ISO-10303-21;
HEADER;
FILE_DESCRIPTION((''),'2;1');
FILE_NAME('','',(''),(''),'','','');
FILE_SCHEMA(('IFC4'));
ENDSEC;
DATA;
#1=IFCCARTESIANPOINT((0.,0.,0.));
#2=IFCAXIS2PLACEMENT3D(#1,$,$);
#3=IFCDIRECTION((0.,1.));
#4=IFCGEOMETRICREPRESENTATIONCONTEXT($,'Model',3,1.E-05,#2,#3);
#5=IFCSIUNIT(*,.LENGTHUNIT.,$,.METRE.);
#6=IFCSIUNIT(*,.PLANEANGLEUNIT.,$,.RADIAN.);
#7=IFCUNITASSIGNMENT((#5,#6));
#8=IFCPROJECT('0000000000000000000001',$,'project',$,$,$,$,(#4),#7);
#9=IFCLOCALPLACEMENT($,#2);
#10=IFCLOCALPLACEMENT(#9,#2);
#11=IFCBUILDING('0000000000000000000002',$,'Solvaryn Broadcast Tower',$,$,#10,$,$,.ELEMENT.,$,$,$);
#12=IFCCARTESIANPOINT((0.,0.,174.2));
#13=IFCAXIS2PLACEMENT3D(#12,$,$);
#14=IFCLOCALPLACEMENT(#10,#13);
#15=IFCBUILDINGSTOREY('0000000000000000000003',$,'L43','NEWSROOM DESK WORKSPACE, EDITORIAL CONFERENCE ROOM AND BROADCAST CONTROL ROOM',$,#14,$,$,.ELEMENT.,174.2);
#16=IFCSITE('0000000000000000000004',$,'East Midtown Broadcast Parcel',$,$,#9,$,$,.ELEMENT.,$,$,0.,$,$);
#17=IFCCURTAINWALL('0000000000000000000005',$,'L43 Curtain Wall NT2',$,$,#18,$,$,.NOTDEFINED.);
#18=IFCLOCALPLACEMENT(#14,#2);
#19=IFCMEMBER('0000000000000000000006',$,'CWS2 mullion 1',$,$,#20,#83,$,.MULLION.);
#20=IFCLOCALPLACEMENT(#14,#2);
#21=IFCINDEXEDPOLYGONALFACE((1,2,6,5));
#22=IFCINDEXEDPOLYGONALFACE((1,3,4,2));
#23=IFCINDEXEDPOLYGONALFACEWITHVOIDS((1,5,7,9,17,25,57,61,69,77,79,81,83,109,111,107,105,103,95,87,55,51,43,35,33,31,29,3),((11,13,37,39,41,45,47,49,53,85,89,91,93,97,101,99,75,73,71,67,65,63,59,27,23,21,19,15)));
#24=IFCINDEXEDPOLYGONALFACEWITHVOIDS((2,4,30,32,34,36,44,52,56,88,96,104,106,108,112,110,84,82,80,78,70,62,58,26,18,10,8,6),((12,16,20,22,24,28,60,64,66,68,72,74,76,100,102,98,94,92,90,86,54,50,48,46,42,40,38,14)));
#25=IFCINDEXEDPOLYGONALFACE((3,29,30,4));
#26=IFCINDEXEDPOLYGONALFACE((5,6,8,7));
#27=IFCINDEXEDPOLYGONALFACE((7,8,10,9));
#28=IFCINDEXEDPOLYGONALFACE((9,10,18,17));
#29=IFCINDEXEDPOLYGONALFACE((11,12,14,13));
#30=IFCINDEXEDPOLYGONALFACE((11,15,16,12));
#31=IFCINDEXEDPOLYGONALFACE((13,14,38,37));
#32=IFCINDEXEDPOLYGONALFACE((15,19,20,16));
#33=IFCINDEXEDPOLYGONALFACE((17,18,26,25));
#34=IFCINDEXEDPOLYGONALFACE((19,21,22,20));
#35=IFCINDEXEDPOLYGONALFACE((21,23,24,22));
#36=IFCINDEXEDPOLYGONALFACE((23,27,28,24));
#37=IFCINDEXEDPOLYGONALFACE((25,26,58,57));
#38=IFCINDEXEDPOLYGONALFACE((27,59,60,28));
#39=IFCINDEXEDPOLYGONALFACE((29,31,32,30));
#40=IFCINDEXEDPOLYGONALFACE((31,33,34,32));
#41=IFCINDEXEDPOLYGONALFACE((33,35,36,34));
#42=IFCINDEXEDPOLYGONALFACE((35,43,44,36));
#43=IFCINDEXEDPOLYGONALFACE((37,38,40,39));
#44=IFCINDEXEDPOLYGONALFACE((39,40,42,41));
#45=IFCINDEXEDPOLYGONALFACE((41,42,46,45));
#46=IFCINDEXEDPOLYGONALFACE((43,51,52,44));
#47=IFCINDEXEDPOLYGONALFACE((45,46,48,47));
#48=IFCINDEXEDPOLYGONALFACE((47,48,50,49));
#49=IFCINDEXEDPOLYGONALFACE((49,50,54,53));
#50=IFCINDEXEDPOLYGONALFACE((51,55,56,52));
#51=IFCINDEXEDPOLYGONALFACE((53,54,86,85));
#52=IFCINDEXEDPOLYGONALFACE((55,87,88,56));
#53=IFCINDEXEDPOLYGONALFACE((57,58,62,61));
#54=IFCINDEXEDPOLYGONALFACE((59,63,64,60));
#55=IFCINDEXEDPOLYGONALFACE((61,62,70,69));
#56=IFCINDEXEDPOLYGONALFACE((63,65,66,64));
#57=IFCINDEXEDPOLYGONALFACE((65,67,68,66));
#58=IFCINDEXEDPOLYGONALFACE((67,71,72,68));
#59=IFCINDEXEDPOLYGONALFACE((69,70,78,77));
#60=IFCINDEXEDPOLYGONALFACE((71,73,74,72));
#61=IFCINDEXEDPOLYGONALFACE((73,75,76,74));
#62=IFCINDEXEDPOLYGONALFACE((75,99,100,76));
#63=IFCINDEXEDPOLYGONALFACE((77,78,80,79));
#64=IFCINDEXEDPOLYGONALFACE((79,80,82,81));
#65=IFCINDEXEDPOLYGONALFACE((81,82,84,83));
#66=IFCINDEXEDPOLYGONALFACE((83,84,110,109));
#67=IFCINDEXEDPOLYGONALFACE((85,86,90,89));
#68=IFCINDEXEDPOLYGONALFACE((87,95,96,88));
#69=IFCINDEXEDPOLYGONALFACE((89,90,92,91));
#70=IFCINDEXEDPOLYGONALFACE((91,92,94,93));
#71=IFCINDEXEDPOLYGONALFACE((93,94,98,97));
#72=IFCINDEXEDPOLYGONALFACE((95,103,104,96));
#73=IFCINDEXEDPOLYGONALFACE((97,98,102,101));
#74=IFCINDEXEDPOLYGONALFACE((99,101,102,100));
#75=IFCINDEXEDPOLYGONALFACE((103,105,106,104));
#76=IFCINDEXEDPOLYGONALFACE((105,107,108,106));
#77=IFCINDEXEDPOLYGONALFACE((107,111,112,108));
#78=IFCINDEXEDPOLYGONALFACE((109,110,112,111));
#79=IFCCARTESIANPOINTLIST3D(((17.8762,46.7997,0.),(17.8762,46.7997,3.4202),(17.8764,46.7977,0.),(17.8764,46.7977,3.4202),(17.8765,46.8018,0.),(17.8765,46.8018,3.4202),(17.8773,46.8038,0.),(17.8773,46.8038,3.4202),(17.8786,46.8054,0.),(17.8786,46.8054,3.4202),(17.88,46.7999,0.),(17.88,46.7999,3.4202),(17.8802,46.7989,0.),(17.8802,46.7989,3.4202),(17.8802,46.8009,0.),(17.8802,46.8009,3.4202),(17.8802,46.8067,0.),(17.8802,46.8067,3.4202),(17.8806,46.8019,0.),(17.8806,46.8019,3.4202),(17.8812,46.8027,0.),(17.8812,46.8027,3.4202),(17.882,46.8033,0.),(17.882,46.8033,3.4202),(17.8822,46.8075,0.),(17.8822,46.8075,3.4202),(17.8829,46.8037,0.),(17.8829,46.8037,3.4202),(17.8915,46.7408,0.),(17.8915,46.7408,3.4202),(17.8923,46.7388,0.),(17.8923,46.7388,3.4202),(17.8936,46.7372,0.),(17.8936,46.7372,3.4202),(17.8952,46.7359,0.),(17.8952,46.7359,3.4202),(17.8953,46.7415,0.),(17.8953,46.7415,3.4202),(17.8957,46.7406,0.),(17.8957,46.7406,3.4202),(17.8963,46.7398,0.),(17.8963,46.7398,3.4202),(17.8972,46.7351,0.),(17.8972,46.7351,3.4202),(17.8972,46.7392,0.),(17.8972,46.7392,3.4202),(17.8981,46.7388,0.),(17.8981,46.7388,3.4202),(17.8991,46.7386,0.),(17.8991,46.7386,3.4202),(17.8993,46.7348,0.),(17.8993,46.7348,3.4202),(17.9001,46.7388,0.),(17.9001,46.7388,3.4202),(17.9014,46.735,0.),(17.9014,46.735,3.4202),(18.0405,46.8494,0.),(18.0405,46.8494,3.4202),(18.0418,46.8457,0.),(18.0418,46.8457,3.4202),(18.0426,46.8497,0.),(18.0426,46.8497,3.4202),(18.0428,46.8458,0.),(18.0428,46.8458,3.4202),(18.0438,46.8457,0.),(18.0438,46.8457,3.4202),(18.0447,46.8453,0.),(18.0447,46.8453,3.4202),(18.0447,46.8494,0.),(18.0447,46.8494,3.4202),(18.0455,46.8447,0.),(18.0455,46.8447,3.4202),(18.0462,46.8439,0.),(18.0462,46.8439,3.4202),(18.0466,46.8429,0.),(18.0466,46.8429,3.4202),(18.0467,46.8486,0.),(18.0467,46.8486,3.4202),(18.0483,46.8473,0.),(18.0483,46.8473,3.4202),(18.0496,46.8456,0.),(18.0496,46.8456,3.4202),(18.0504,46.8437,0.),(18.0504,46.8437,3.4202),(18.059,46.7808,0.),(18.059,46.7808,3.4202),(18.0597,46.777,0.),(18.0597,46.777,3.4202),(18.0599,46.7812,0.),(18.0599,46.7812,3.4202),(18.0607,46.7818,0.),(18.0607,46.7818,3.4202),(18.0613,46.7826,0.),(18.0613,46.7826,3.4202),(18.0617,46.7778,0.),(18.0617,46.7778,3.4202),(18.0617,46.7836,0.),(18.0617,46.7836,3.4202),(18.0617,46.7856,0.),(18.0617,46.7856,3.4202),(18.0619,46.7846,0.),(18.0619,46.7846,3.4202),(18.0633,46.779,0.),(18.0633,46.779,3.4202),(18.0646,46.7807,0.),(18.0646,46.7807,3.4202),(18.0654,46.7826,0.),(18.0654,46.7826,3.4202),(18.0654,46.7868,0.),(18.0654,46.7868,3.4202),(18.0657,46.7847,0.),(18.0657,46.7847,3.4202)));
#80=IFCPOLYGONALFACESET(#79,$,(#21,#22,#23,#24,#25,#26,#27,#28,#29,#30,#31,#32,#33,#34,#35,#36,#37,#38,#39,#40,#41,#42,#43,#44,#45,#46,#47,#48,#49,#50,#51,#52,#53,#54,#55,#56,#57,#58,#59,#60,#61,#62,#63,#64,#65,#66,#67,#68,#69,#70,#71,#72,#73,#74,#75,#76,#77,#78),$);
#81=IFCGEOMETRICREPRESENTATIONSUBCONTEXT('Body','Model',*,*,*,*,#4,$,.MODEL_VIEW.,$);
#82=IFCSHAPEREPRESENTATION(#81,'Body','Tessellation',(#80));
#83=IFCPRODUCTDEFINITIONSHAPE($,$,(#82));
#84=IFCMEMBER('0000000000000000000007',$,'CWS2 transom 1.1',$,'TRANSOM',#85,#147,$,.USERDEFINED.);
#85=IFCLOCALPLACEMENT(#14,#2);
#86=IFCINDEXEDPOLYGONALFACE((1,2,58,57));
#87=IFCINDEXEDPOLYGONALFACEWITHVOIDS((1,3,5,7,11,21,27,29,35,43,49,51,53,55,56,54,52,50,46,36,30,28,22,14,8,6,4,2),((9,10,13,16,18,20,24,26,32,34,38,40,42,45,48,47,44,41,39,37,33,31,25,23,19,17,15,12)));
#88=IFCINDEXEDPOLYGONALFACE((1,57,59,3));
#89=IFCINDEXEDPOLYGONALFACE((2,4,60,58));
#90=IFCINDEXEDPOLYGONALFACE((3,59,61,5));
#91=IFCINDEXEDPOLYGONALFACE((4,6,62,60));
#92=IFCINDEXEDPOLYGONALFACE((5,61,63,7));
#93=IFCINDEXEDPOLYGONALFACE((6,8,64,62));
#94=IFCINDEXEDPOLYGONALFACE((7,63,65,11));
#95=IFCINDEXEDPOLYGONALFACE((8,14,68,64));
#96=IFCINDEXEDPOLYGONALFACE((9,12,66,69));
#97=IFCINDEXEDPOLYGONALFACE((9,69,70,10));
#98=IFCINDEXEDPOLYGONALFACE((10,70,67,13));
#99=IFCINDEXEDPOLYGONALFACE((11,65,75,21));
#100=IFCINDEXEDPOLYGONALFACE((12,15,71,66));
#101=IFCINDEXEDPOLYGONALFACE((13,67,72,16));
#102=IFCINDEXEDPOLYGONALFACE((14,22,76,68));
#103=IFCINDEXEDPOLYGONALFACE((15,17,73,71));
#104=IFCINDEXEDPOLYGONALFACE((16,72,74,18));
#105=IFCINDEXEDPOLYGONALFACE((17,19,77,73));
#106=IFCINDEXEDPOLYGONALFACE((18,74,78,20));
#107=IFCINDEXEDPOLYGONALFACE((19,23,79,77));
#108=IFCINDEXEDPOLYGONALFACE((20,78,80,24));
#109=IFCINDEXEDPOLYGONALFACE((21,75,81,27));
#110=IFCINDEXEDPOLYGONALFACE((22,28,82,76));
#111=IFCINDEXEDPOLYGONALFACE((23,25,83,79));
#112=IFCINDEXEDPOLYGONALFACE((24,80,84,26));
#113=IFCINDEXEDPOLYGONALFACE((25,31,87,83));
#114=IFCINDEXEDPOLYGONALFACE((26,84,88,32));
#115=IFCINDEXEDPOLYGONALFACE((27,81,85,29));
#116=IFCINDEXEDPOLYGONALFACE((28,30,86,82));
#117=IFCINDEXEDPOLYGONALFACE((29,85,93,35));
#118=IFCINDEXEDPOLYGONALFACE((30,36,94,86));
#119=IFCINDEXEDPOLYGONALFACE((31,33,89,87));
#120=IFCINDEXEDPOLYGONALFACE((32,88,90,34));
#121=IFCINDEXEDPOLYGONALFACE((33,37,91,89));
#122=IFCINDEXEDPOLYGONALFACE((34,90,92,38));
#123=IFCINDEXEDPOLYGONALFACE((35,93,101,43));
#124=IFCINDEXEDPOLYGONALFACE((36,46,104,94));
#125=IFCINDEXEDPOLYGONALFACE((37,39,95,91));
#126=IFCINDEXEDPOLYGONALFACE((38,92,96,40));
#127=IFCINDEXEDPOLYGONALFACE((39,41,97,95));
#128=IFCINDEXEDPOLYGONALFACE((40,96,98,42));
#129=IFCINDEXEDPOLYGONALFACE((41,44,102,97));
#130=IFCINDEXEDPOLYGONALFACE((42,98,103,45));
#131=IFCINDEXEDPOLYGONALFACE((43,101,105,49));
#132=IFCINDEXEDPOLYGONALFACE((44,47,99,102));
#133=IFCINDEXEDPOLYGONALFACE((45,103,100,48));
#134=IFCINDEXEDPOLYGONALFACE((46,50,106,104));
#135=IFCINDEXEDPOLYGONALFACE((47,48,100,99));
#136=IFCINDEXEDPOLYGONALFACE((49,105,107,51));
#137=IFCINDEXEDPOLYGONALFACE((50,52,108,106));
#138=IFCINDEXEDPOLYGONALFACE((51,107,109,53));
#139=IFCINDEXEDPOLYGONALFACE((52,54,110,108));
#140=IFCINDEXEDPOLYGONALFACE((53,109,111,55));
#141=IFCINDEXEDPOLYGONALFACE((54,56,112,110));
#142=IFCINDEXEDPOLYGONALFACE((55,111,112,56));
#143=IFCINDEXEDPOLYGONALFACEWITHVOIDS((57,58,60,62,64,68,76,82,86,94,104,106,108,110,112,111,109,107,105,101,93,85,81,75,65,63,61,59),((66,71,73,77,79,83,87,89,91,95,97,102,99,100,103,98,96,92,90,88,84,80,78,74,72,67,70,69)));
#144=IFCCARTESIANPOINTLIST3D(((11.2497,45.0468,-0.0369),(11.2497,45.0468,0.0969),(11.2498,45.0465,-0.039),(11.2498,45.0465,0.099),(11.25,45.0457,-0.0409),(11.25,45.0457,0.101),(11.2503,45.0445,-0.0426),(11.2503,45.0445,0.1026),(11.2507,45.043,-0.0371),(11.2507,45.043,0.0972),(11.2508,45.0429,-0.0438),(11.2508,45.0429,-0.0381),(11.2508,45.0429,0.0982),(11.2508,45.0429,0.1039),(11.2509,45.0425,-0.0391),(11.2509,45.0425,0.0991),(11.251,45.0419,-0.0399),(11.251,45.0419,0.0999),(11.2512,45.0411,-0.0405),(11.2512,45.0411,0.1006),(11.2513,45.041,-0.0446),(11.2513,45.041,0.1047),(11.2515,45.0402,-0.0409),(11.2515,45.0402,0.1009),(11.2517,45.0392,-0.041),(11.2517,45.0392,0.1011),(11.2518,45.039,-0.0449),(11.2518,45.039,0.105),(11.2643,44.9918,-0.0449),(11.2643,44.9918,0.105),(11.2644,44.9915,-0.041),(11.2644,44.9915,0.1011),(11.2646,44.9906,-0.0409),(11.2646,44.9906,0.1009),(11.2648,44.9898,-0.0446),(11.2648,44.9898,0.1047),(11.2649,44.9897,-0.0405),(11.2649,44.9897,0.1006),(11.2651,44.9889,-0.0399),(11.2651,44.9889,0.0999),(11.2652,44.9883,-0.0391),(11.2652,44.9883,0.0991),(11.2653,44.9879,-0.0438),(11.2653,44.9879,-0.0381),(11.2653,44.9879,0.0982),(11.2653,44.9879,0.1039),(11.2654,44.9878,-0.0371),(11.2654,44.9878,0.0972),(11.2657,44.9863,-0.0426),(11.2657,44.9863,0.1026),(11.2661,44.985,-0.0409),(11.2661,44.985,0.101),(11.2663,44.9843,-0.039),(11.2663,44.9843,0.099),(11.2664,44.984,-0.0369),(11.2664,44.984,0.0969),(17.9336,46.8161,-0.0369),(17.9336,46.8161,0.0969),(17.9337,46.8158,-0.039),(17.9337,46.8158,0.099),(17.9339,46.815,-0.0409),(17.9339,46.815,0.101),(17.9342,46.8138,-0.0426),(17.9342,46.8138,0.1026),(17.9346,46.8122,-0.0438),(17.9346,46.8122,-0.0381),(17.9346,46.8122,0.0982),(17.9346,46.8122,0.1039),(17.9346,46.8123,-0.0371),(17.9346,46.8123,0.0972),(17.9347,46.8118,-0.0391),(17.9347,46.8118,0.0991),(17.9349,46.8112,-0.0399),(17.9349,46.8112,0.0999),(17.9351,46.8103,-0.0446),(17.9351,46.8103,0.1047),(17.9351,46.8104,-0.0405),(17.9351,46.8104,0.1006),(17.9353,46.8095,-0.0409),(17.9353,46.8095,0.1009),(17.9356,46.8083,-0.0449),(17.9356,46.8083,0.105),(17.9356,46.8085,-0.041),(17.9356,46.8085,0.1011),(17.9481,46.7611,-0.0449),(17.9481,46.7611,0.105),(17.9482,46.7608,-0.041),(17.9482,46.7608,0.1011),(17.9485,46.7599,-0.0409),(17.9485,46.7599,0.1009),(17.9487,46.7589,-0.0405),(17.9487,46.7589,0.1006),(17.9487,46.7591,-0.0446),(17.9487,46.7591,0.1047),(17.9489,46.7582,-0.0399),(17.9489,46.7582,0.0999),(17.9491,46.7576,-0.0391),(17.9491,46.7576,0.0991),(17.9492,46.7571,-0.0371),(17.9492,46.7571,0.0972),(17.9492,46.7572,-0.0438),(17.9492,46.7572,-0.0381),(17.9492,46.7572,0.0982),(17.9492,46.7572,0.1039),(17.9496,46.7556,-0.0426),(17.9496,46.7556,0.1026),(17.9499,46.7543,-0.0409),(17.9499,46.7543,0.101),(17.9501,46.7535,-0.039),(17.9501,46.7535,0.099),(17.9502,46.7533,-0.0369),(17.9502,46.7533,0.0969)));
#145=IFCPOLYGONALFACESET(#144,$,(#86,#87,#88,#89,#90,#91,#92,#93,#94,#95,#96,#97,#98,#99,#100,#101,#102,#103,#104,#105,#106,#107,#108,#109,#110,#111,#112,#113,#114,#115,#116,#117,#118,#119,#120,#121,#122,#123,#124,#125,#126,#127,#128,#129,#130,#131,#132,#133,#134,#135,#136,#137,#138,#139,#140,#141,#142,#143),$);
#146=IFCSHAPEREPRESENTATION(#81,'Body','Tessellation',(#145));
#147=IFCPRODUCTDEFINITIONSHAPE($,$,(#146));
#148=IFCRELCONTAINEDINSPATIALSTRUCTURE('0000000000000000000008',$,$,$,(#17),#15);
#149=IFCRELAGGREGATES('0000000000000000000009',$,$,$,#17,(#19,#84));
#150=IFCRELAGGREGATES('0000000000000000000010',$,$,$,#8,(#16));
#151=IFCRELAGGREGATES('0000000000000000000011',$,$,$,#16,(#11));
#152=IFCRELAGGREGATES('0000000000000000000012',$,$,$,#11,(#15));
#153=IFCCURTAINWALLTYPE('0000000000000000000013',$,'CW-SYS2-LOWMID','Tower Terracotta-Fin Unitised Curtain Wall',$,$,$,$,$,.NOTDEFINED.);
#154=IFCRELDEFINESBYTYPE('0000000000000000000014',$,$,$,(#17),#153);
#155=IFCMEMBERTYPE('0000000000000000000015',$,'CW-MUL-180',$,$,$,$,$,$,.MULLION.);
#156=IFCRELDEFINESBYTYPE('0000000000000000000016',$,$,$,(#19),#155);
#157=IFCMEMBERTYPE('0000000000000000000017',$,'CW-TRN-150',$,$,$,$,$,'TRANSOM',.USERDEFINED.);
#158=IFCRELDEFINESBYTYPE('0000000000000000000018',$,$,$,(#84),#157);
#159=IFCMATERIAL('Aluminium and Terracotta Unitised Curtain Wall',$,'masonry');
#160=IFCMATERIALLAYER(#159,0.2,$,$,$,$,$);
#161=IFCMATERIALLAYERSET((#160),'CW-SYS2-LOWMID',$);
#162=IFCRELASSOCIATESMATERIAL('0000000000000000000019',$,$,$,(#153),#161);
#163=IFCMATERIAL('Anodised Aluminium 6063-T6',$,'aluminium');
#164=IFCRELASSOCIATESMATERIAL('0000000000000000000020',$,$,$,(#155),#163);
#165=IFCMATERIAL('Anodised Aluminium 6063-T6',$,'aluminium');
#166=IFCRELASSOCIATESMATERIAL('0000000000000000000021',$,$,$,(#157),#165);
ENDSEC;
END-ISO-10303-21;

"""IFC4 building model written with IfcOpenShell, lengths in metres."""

from ifc_helpers import new_model, si_unit, direction, frame, origin, origin_2d, place, context, subcontext, project, spatial, hollow_rectangle, extrude, material, layer, layer_set, material_profile, profile_set, type_object, element, aggregate, save


model = new_model("IFC4")

# Units and contexts
model_context = context("Model", 3, precision=1e-05, world=origin(), true_north=direction((0.0, 1.0)))
body_context = subcontext(model_context, "Body", "Model", "MODEL_VIEW")
ifc_project = project(units=[si_unit("LENGTHUNIT", "METRE"), si_unit("PLANEANGLEUNIT", "RADIAN")], contexts=[model_context])

# Site, building, storey
site_placement = place(None, origin())
site = spatial("IfcSite", under=ifc_project, at=site_placement, Name="East Midtown Broadcast Parcel", CompositionType="ELEMENT", RefElevation=0.0)
building_placement = place(site_placement, origin())
building = spatial("IfcBuilding", under=site, at=building_placement, Name="Solvaryn Broadcast Tower", CompositionType="ELEMENT")
storey_placement = place(building_placement, frame((0.0, 0.0, 174.2)))
storey = spatial("IfcBuildingStorey", under=building, at=storey_placement, Name="L43", Description="NEWSROOM DESK WORKSPACE, EDITORIAL CONFERENCE ROOM AND BROADCAST CONTROL ROOM", CompositionType="ELEMENT", Elevation=174.2)

# Shared definitions
ifc_material_1 = material(Name="Aluminium and Terracotta Unitised Curtain Wall", Category="masonry")
ifc_layer_1 = layer(ifc_material_1, 0.2)
ifc_layer_set_1 = layer_set([ifc_layer_1], Name="CW-SYS2-LOWMID")
curtain_wall_type = type_object("IfcCurtainWallType", Name="CW-SYS2-LOWMID", Description="Tower Terracotta-Fin Unitised Curtain Wall", PredefinedType="NOTDEFINED", material=ifc_layer_set_1)
ifc_material_2 = material(Name="Anodised Aluminium 6063-T6", Category="aluminium")
ifc_material_profile_1 = material_profile(ifc_material_2, hollow_rectangle(XDim=0.075, YDim=0.1799, WallThickness=0.0039, InnerFilletRadius=0.0039, OuterFilletRadius=0.0081, at=origin_2d()))
ifc_profile_set_1 = profile_set([ifc_material_profile_1], Name="Anodised Aluminium 6063-T6")
member_type_1 = type_object("IfcMemberType", Name="CW-MUL-180", PredefinedType="MULLION", material=ifc_profile_set_1)

# Curtain wall, members
curtain_wall_1_placement = place(storey_placement, origin())
curtain_wall_1 = element("IfcCurtainWall", 1, at=curtain_wall_1_placement, inside=storey, type_object=curtain_wall_type, Name="L43 Curtain Wall NT2", PredefinedType="NOTDEFINED")
member_1_placement = place(storey_placement, frame((17.9709, 46.7922, 0.0), z_axis=(0.0, 0.0, 1.0), x_axis=(0.255893, -0.966705, 0.0)))
member_1 = element("IfcMember", 2, at=member_1_placement, type_object=member_type_1, Name="CWS2 mullion 1", PredefinedType="MULLION", context=body_context, shape_type="SweptSolid", body=[
    extrude(hollow_rectangle(XDim=0.075, YDim=0.1799, WallThickness=0.0039, InnerFilletRadius=0.0039, OuterFilletRadius=0.0081, at=origin_2d()), origin(), (0.0, 0.0, 1.0), 3.4202),
])
ifc_material_3 = material(Name="Anodised Aluminium 6063-T6", Category="aluminium")
ifc_material_profile_2 = material_profile(ifc_material_3, hollow_rectangle(XDim=0.0649, YDim=0.1499, WallThickness=0.0039, InnerFilletRadius=0.0039, OuterFilletRadius=0.0081, at=origin_2d()))
ifc_profile_set_2 = profile_set([ifc_material_profile_2], Name="Anodised Aluminium 6063-T6")
member_type_2 = type_object("IfcMemberType", Name="CW-TRN-150", ElementType="TRANSOM", PredefinedType="USERDEFINED", material=ifc_profile_set_2)
member_2_placement = place(storey_placement, frame((17.9419, 46.7847, 0.03), z_axis=(-0.966704, -0.255897, 0.0), x_axis=(0.255897, -0.966704, 0.0)))
member_2 = element("IfcMember", 3, at=member_2_placement, type_object=member_type_2, Name="CWS2 transom 1.1", ObjectType="TRANSOM", PredefinedType="USERDEFINED", context=body_context, shape_type="SweptSolid", body=[
    extrude(hollow_rectangle(XDim=0.0649, YDim=0.1499, WallThickness=0.0039, InnerFilletRadius=0.0039, OuterFilletRadius=0.0081, at=origin_2d()), origin(), (0.0, 0.0, 1.0), 6.9141),
])
aggregate(curtain_wall_1, [member_1, member_2])

save(model, "model.ifc")
